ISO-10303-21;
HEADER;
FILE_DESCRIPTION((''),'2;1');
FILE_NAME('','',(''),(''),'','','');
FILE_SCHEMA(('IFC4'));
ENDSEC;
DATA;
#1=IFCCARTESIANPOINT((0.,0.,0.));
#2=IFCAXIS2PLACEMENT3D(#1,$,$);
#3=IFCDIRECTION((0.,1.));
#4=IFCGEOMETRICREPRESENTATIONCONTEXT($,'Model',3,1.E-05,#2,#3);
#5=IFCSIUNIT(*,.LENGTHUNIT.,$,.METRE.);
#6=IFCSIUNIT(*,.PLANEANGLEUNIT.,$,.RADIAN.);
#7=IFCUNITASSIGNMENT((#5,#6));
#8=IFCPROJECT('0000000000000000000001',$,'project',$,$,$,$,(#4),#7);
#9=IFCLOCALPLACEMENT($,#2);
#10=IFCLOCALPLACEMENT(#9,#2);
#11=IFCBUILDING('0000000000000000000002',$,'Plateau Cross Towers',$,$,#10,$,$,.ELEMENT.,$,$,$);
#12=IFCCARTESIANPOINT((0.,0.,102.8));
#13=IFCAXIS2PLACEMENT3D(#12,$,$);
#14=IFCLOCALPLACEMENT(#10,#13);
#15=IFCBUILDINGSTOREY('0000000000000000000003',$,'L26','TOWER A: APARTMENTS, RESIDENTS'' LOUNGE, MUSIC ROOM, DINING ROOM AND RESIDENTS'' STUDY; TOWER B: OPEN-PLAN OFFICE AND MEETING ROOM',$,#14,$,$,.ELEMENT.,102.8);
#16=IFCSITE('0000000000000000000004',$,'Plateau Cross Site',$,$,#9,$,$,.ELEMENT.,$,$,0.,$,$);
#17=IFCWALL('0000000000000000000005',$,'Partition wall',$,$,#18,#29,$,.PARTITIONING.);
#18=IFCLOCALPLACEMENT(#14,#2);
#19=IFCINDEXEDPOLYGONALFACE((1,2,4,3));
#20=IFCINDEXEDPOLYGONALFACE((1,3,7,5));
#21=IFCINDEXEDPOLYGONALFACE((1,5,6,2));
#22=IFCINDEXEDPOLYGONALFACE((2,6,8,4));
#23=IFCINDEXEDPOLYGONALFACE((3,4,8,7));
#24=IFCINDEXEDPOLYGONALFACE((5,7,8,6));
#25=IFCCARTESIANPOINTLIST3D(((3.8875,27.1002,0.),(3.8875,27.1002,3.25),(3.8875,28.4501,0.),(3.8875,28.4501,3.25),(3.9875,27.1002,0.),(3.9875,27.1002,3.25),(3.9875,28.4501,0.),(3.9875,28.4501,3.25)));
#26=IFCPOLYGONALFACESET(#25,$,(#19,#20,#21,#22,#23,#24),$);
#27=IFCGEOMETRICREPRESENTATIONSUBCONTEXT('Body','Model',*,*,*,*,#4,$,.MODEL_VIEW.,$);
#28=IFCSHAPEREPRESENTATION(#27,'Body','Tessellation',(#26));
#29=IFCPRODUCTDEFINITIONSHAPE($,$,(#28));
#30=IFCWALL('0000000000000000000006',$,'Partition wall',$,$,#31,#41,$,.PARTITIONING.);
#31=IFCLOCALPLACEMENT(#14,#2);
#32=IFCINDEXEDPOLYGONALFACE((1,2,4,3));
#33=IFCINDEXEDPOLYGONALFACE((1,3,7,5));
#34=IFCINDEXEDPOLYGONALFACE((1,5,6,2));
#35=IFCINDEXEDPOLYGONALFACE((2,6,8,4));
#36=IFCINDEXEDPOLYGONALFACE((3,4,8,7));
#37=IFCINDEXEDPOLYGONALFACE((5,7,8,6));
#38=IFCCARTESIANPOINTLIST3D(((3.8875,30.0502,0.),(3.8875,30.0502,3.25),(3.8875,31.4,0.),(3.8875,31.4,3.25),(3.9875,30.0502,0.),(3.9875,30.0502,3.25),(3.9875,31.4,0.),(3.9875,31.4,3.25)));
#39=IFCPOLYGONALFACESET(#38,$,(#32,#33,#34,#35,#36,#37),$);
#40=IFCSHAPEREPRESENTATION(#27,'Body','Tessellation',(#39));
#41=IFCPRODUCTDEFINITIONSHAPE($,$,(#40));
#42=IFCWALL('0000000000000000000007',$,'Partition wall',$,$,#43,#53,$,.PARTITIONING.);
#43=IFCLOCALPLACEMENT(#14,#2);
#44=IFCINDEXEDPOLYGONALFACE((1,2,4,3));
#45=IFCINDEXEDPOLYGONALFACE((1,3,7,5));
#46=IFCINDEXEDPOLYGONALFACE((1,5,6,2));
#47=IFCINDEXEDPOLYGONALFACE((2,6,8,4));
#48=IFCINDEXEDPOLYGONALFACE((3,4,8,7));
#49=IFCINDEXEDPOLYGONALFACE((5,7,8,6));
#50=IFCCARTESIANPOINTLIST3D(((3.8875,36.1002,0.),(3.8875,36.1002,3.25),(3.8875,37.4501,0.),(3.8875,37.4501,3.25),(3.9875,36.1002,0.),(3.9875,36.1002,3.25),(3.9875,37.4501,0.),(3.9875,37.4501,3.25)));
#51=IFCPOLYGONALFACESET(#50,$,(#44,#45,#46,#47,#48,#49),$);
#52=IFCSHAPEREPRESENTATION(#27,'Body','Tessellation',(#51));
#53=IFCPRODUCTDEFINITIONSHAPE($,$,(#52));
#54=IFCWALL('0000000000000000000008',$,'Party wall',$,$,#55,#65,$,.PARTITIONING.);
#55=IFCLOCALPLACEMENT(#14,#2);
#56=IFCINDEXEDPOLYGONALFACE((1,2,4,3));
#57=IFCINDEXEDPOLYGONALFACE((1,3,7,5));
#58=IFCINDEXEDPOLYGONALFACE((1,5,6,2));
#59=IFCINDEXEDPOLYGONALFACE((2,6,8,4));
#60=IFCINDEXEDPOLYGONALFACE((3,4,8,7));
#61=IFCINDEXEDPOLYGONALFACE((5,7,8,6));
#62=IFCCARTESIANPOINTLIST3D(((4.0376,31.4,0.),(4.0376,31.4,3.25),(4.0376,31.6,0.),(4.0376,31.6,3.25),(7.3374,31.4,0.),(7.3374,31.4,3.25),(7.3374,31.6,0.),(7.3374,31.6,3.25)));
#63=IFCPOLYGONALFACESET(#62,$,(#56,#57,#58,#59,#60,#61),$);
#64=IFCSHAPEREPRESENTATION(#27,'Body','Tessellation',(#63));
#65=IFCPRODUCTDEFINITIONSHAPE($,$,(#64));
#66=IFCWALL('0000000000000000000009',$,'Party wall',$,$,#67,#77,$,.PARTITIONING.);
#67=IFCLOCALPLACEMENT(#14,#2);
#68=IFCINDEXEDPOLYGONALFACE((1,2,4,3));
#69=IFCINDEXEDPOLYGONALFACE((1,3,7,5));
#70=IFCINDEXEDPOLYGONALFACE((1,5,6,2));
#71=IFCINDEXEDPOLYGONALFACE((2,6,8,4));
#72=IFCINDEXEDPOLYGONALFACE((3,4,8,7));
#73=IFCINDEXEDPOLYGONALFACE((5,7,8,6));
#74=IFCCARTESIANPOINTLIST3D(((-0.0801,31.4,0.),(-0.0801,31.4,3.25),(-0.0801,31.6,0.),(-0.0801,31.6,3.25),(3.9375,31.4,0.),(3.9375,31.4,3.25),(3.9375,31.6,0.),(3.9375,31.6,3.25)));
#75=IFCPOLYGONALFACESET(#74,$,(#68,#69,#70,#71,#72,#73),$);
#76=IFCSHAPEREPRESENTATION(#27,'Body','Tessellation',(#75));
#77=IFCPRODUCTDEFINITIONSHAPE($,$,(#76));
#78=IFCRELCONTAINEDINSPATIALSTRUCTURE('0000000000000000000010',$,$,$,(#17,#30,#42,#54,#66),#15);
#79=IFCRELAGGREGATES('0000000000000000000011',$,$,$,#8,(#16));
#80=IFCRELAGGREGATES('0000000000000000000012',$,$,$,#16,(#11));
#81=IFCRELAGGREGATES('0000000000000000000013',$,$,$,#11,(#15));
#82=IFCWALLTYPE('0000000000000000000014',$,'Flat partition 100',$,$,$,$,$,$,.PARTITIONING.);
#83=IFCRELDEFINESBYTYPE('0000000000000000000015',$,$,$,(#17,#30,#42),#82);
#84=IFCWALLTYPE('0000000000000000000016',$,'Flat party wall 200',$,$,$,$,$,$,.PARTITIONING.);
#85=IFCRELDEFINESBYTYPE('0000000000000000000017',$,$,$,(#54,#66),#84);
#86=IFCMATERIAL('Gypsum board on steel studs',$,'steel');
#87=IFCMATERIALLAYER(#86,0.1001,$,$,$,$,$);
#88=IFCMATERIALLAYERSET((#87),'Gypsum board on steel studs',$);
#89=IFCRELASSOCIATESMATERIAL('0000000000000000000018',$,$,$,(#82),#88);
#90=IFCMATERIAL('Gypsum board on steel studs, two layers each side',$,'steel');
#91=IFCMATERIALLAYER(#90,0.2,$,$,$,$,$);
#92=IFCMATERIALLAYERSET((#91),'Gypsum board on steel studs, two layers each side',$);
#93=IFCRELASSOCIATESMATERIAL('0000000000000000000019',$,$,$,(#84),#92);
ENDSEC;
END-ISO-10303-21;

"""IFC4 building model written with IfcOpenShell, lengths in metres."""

from ifc_helpers import new_model, si_unit, direction, frame, frame_2d, origin, place, context, subcontext, project, spatial, rectangle, extrude, material, layer, layer_set, type_object, element, save


model = new_model("IFC4")

# Units and contexts
model_context = context("Model", 3, precision=1e-05, world=origin(), true_north=direction((0.0, 1.0)))
body_context = subcontext(model_context, "Body", "Model", "MODEL_VIEW")
ifc_project = project(units=[si_unit("LENGTHUNIT", "METRE"), si_unit("PLANEANGLEUNIT", "RADIAN")], contexts=[model_context])

# Site, building, storey
site_placement = place(None, origin())
site = spatial("IfcSite", under=ifc_project, at=site_placement, Name="Plateau Cross Site", CompositionType="ELEMENT", RefElevation=0.0)
building_placement = place(site_placement, origin())
building = spatial("IfcBuilding", under=site, at=building_placement, Name="Plateau Cross Towers", CompositionType="ELEMENT")
storey_placement = place(building_placement, frame((0.0, 0.0, 102.8)))
storey = spatial("IfcBuildingStorey", under=building, at=storey_placement, Name="L26", Description="TOWER A: APARTMENTS, RESIDENTS' LOUNGE, MUSIC ROOM, DINING ROOM AND RESIDENTS' STUDY; TOWER B: OPEN-PLAN OFFICE AND MEETING ROOM", CompositionType="ELEMENT", Elevation=102.8)

# Shared definitions
ifc_material_1 = material(Name="Gypsum board on steel studs", Category="steel")
ifc_layer_1 = layer(ifc_material_1, 0.1001)
ifc_layer_set_1 = layer_set([ifc_layer_1], Name="Gypsum board on steel studs")
wall_type_1 = type_object("IfcWallType", Name="Flat partition 100", PredefinedType="PARTITIONING", material=ifc_layer_set_1)

# Walls
for number, where, z_axis, x_axis, name in (
    (1, (3.9375, 28.45, 0.0), (0.0, 0.0, 1.0), (0.0, -1.0, 0.0), "Partition wall"),
    (2, (3.9375, 31.3999, 0.0), (0.0, 0.0, 1.0), (0.0, -1.0, 0.0), "Partition wall"),
    (3, (3.9375, 37.45, 0.0), (0.0, 0.0, 1.0), (0.0, -1.0, 0.0), "Partition wall"),
):
    element("IfcWall", number, at=place(storey_placement, frame(where, z_axis=z_axis, x_axis=x_axis)), inside=storey, type_object=wall_type_1, Name=name, PredefinedType="PARTITIONING", context=body_context, shape_type="SweptSolid", body=[
        extrude(rectangle(XDim=1.3499, YDim=0.1001, at=frame_2d((0.6748, 0.0))), origin(), (0.0, 0.0, 1.0), 3.25),
    ])
ifc_material_2 = material(Name="Gypsum board on steel studs, two layers each side", Category="steel")
ifc_layer_2 = layer(ifc_material_2, 0.2)
ifc_layer_set_2 = layer_set([ifc_layer_2], Name="Gypsum board on steel studs, two layers each side")
wall_type_2 = type_object("IfcWallType", Name="Flat party wall 200", PredefinedType="PARTITIONING", material=ifc_layer_set_2)
wall_1_placement = place(storey_placement, frame((7.3374, 31.5, 0.0), z_axis=(0.0, 0.0, 1.0), x_axis=(-1.0, 0.0, 0.0)))
element("IfcWall", 4, at=wall_1_placement, inside=storey, type_object=wall_type_2, Name="Party wall", PredefinedType="PARTITIONING", context=body_context, shape_type="SweptSolid", body=[
    extrude(rectangle(XDim=3.2998, YDim=0.2, at=frame_2d((1.6499, 0.0))), origin(), (0.0, 0.0, 1.0), 3.25),
])
wall_2_placement = place(storey_placement, frame((-0.0801, 31.5, 0.0), z_axis=(0.0, 0.0, 1.0), x_axis=(1.0, 0.0, 0.0)))
element("IfcWall", 5, at=wall_2_placement, inside=storey, type_object=wall_type_2, Name="Party wall", PredefinedType="PARTITIONING", context=body_context, shape_type="SweptSolid", body=[
    extrude(rectangle(XDim=4.0176, YDim=0.2, at=frame_2d((2.0088, 0.0))), origin(), (0.0, 0.0, 1.0), 3.25),
])

save(model, "model.ifc")
